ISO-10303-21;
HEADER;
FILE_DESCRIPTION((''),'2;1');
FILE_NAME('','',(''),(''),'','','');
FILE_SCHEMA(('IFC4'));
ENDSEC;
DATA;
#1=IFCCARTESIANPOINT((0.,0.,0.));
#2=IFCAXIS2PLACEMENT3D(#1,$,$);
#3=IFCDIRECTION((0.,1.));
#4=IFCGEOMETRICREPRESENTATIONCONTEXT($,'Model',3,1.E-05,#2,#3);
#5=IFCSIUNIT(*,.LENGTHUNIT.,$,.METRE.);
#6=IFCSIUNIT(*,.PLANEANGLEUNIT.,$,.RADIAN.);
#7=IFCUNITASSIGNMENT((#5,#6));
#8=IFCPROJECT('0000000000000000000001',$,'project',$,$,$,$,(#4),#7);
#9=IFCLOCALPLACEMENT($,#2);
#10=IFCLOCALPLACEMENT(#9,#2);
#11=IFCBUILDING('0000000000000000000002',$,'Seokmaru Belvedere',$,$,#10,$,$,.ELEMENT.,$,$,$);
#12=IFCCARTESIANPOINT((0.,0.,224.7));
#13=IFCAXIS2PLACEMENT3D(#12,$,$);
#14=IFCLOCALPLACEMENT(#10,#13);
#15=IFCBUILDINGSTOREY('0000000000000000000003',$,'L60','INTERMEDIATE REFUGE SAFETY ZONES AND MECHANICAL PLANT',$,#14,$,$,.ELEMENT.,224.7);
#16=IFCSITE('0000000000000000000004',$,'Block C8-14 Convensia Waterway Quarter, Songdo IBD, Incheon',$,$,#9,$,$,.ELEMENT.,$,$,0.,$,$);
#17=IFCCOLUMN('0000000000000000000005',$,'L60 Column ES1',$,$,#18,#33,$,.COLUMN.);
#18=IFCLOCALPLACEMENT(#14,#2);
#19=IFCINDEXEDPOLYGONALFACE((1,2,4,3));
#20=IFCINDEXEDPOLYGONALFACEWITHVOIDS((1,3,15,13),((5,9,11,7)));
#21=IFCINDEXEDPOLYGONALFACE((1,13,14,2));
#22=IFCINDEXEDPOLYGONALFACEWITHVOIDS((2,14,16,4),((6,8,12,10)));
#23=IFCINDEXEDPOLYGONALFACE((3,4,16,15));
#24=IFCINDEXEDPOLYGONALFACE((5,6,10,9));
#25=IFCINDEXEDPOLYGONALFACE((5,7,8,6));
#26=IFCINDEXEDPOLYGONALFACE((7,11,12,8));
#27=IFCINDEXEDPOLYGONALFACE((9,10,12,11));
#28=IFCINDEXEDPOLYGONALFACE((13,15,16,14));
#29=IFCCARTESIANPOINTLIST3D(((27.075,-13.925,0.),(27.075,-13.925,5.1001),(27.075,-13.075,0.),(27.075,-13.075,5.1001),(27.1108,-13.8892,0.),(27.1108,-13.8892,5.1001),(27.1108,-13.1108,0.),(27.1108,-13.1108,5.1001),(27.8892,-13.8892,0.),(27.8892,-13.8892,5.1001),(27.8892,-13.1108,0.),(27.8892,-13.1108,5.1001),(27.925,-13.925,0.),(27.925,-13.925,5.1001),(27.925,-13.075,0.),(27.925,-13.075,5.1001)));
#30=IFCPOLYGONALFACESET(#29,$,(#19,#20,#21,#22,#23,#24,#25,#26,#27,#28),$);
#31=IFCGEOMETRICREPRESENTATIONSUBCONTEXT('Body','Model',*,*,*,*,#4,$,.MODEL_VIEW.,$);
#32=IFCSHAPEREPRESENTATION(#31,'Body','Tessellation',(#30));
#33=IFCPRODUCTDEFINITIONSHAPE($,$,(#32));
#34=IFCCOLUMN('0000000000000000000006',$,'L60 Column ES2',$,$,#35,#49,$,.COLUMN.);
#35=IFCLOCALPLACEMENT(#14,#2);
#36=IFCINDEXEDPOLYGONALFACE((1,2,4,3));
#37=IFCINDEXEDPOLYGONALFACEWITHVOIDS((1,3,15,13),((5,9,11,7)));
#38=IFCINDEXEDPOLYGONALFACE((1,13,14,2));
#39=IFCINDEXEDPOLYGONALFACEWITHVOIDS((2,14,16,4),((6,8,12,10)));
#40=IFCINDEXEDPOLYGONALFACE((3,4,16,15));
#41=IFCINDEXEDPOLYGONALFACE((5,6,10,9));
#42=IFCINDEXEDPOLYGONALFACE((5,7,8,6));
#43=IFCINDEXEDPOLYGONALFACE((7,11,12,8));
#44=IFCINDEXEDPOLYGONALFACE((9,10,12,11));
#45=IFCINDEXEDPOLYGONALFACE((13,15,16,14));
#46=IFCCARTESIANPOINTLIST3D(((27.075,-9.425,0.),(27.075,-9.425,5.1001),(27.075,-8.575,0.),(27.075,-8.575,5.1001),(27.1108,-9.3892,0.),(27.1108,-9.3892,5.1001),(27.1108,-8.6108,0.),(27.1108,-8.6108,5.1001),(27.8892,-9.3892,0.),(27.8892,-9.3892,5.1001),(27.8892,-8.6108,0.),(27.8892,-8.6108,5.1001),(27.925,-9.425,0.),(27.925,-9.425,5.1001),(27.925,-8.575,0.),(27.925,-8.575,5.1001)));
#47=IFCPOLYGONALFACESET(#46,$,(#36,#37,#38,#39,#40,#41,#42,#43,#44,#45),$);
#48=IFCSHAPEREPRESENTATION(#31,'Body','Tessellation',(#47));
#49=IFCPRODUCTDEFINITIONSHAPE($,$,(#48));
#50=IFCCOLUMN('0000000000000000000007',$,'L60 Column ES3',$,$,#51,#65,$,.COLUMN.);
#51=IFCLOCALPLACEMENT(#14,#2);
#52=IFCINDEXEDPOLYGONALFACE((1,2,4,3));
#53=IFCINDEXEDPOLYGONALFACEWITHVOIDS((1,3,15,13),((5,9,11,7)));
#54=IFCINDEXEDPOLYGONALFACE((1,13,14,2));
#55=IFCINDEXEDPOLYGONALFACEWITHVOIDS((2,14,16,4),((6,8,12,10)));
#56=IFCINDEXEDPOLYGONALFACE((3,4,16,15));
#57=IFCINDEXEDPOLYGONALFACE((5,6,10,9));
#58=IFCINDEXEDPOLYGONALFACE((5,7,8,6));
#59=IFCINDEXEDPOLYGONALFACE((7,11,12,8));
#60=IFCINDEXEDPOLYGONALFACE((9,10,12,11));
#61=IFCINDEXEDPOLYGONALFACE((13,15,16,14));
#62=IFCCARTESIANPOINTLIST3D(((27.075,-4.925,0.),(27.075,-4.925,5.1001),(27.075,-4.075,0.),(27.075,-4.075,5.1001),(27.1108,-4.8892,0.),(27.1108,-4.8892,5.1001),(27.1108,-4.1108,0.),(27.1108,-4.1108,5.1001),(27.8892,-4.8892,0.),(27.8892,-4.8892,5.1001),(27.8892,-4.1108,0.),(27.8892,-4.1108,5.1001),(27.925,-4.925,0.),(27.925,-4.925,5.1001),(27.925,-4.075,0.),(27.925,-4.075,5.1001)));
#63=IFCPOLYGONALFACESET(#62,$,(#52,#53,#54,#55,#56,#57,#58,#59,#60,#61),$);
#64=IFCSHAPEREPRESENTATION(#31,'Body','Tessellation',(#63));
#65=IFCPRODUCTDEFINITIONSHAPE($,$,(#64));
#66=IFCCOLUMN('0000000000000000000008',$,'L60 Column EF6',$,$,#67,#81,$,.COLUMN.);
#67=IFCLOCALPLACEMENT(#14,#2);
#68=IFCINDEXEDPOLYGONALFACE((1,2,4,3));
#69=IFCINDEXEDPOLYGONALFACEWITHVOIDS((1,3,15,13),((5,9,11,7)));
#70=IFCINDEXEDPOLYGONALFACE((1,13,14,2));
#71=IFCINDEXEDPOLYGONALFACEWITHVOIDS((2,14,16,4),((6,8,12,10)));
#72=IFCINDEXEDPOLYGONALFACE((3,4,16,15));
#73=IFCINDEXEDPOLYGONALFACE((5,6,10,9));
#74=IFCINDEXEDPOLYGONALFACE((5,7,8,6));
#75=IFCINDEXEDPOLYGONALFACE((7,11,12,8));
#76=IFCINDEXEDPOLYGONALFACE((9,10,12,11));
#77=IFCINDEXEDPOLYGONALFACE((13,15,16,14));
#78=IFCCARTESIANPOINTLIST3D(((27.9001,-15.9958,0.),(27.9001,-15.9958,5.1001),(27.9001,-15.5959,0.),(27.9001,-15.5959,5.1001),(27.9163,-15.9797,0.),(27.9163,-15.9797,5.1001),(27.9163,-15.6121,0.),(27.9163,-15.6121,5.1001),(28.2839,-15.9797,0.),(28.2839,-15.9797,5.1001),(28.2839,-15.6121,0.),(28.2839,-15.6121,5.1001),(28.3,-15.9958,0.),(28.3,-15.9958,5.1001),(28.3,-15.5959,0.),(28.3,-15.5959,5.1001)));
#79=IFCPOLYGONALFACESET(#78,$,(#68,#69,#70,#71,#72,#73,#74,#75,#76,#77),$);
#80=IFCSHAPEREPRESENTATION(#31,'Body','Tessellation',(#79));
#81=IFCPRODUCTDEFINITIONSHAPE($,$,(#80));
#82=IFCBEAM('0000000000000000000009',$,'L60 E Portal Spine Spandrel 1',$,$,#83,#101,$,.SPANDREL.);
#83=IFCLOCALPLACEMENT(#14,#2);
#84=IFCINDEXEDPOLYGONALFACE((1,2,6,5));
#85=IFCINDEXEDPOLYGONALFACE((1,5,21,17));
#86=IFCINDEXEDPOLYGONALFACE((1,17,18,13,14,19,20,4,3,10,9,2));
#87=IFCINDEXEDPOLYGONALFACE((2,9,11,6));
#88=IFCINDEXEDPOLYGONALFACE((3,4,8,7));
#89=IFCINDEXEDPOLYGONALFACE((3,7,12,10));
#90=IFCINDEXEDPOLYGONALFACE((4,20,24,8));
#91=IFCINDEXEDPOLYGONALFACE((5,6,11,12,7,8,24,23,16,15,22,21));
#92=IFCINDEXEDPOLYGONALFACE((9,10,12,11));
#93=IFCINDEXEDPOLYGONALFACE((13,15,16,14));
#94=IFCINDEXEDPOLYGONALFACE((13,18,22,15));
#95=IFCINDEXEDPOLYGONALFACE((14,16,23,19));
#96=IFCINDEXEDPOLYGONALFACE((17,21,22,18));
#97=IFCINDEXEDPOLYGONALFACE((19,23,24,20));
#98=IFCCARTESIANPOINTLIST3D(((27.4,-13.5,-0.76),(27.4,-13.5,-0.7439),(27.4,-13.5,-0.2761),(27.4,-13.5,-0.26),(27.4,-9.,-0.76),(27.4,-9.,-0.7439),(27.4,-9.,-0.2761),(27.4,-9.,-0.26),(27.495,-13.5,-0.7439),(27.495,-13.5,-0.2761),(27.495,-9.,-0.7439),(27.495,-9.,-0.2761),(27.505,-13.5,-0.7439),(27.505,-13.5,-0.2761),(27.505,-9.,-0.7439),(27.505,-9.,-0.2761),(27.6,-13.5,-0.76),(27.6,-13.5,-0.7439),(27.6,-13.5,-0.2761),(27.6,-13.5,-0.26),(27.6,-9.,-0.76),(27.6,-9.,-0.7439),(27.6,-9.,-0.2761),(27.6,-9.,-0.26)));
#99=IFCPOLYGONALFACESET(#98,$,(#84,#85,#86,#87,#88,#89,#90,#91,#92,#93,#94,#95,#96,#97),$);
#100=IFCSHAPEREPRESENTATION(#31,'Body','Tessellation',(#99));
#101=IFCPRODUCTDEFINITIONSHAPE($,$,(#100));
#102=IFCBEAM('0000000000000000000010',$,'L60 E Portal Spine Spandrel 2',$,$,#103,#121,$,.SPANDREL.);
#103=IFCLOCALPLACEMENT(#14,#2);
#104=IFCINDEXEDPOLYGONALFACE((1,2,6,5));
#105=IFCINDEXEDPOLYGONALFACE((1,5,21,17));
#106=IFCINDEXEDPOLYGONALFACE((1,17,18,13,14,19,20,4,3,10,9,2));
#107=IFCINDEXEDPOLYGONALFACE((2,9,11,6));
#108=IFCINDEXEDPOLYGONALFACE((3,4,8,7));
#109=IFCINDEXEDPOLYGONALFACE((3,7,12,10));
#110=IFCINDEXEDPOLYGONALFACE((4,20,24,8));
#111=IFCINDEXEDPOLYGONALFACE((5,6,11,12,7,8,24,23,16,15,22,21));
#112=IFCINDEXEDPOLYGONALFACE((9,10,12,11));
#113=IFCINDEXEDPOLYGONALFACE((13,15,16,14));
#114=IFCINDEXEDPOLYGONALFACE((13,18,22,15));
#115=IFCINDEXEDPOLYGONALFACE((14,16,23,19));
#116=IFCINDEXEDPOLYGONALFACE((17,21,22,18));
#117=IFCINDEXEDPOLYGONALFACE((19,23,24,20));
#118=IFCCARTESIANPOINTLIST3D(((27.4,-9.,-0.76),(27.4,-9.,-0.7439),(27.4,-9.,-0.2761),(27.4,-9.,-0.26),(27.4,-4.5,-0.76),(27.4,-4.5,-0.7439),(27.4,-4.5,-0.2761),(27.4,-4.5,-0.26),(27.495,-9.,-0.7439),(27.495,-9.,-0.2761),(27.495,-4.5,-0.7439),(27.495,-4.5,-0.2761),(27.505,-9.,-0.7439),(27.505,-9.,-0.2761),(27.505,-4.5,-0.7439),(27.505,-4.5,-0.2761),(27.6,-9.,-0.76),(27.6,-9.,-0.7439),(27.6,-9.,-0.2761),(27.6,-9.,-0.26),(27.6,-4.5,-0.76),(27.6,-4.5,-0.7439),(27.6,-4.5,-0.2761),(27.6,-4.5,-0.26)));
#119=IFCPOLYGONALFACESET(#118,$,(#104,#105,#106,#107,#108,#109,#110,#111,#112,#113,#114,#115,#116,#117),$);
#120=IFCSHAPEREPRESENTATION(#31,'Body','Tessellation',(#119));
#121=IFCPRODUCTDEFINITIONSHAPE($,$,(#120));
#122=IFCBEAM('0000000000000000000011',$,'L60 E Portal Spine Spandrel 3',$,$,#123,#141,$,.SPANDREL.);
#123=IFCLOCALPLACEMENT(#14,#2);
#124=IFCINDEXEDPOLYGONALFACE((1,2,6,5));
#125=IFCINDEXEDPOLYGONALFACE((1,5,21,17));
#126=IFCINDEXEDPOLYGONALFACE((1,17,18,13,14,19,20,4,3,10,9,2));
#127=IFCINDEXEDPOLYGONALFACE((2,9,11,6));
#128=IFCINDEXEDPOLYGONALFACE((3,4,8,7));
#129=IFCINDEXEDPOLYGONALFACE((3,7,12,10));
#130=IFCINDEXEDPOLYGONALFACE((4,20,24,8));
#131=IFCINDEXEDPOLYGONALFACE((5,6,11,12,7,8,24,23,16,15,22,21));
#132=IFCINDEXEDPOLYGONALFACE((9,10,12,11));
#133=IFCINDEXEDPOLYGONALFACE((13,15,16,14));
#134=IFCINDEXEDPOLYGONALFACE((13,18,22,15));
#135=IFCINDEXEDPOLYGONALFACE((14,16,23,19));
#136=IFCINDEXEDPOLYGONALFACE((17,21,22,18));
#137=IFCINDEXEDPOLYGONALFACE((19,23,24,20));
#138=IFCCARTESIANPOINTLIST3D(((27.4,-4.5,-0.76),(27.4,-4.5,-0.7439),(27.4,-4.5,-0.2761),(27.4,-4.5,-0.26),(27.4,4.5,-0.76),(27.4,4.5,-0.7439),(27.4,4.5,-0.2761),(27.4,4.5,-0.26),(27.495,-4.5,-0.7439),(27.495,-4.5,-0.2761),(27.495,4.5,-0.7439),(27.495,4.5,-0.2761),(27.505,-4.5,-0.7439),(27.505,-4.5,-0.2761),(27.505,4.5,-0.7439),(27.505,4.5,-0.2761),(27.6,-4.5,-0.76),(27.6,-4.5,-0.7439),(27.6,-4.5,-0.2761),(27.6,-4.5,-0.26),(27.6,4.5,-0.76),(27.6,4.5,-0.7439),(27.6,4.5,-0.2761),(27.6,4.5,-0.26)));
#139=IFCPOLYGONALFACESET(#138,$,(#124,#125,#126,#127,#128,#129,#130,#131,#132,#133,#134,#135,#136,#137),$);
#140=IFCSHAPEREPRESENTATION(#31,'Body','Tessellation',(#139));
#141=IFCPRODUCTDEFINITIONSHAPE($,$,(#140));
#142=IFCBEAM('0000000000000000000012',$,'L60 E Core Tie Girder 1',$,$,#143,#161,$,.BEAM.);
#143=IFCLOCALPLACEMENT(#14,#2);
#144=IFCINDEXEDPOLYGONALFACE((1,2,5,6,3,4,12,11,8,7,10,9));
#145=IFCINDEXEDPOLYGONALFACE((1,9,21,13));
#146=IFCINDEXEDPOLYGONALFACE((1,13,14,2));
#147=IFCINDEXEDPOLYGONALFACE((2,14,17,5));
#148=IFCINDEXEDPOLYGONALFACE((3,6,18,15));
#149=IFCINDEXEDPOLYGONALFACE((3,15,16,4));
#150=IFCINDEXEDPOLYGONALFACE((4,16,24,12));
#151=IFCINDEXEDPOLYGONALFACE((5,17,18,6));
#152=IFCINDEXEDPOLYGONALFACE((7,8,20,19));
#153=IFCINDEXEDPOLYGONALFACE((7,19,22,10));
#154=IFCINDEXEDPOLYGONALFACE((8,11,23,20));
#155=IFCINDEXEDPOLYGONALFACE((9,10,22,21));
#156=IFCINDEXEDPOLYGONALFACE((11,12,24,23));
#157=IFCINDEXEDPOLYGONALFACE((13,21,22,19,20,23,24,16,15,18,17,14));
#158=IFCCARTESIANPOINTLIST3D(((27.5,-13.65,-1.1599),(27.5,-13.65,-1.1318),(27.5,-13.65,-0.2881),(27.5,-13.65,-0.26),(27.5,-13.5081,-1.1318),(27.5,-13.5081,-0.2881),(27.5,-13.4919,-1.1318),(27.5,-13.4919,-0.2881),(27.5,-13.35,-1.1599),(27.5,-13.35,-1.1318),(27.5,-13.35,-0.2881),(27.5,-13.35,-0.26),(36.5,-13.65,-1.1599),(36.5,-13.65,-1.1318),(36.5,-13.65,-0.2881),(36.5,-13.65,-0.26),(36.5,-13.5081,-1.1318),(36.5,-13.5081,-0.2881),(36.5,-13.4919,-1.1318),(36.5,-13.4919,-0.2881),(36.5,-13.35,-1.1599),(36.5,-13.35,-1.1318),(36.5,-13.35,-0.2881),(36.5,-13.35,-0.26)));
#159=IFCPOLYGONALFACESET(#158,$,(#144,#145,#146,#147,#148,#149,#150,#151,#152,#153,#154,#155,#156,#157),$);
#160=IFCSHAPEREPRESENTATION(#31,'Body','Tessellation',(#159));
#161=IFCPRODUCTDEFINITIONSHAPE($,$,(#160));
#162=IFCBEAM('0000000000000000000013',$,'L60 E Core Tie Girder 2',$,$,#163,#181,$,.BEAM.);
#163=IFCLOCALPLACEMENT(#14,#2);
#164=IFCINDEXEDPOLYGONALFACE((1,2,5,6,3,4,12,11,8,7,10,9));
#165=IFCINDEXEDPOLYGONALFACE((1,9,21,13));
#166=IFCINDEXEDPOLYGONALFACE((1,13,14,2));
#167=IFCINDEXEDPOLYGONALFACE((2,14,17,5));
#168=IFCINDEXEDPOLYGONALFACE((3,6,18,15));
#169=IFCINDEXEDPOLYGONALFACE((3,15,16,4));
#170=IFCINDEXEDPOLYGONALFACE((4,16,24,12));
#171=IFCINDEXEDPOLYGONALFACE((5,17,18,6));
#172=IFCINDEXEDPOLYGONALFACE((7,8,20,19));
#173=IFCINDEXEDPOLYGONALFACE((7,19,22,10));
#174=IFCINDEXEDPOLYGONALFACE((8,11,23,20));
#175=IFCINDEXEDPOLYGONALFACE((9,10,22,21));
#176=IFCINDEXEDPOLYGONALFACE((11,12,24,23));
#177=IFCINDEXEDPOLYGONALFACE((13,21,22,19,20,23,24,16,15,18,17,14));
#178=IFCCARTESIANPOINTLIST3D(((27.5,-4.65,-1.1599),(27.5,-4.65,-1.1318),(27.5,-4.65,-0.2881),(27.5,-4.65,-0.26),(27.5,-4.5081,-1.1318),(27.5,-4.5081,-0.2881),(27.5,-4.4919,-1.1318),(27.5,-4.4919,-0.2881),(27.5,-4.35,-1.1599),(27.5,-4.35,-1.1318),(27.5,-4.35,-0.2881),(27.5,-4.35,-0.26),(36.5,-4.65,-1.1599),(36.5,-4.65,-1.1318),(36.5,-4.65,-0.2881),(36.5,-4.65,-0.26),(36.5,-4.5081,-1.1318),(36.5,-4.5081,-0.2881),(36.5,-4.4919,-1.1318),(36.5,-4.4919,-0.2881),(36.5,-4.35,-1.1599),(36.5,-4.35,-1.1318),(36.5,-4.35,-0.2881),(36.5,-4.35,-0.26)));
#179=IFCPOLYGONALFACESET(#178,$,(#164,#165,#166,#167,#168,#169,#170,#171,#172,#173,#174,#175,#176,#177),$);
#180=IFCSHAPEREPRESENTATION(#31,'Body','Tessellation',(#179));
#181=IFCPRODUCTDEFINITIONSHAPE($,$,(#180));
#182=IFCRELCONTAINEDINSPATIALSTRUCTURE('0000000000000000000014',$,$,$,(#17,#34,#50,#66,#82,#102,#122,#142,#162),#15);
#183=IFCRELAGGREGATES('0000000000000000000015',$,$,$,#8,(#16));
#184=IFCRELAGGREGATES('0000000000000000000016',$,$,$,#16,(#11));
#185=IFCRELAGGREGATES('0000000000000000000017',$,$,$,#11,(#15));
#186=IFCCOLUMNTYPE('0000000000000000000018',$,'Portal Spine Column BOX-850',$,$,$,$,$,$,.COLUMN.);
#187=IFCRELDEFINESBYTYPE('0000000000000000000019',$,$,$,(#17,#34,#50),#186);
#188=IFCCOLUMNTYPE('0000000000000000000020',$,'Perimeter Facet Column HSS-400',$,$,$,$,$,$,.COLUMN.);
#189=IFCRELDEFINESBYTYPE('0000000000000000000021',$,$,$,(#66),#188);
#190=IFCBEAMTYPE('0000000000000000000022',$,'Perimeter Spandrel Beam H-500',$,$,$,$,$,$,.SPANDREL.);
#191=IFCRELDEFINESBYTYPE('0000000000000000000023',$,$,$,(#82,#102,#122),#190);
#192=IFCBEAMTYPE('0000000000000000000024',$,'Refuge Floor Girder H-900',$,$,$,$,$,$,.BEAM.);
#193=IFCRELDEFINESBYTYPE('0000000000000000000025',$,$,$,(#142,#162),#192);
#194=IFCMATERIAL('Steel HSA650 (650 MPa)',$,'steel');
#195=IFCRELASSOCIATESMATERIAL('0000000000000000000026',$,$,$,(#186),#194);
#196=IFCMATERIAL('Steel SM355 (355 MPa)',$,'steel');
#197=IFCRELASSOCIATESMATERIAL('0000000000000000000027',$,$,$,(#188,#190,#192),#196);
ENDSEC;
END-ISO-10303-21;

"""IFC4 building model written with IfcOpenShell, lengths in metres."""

from ifc_helpers import new_model, si_unit, direction, frame, origin, origin_2d, place, context, subcontext, project, spatial, hollow_rectangle, i_section, extrude, source, transform, mapped, material, material_profile, profile_set, type_object, type_shapes, element, save


model = new_model("IFC4")

# Units and contexts
model_context = context("Model", 3, precision=1e-05, world=origin(), true_north=direction((0.0, 1.0)))
body_context = subcontext(model_context, "Body", "Model", "MODEL_VIEW")
ifc_project = project(units=[si_unit("LENGTHUNIT", "METRE"), si_unit("PLANEANGLEUNIT", "RADIAN")], contexts=[model_context])

# Site, building, storey
site_placement = place(None, origin())
site = spatial("IfcSite", under=ifc_project, at=site_placement, Name="Block C8-14 Convensia Waterway Quarter, Songdo IBD, Incheon", CompositionType="ELEMENT", RefElevation=0.0)
building_placement = place(site_placement, origin())
building = spatial("IfcBuilding", under=site, at=building_placement, Name="Seokmaru Belvedere", CompositionType="ELEMENT")
storey_placement = place(building_placement, frame((0.0, 0.0, 224.7)))
storey = spatial("IfcBuildingStorey", under=building, at=storey_placement, Name="L60", Description="INTERMEDIATE REFUGE SAFETY ZONES AND MECHANICAL PLANT", CompositionType="ELEMENT", Elevation=224.7)

# Columns
ifc_material_1 = material(Name="Steel HSA650 (650 MPa)", Category="steel")
ifc_material_profile_1 = material_profile(ifc_material_1, hollow_rectangle(XDim=0.8501, YDim=0.8501, WallThickness=0.0359, at=origin_2d()), Name="BOX-850x850x36")
ifc_profile_set_1 = profile_set([ifc_material_profile_1], Name="Steel HSA650 (650 MPa)")
column_type_1 = type_object("IfcColumnType", Name="Portal Spine Column BOX-850", PredefinedType="COLUMN", material=ifc_profile_set_1)
shared_shape_1 = source(origin(), body_context, "Body", "SweptSolid", [
    extrude(hollow_rectangle(XDim=0.8501, YDim=0.8501, WallThickness=0.0359, at=origin_2d()), origin(), (0.0, 0.0, 1.0), 5.1001),
])
type_shapes(column_type_1, [shared_shape_1])
for number, where, z_axis, x_axis, name in (
    (1, (27.5, -13.5, 0.0), (0.0, 0.0, 1.0), (1.0, 0.0, 0.0), "L60 Column ES1"),
    (2, (27.5, -9.0, 0.0), (0.0, 0.0, 1.0), (1.0, 0.0, 0.0), "L60 Column ES2"),
    (3, (27.5, -4.5, 0.0), (0.0, 0.0, 1.0), (1.0, 0.0, 0.0), "L60 Column ES3"),
):
    element("IfcColumn", number, at=place(storey_placement, frame(where, z_axis=z_axis, x_axis=x_axis)), inside=storey, type_object=column_type_1, Name=name, PredefinedType="COLUMN", context=body_context, shape_type="MappedRepresentation", body=[
        mapped(shared_shape_1, transform((0.0, 0.0, 0.0), scale=1.0)),
    ])
ifc_material_2 = material(Name="Steel SM355 (355 MPa)", Category="steel")
ifc_material_profile_2 = material_profile(ifc_material_2, hollow_rectangle(XDim=0.3999, YDim=0.3999, WallThickness=0.0161, at=origin_2d()), Name="HSS-400x400x16")
ifc_profile_set_2 = profile_set([ifc_material_profile_2], Name="Steel SM355 (355 MPa)")
column_type_2 = type_object("IfcColumnType", Name="Perimeter Facet Column HSS-400", PredefinedType="COLUMN", material=ifc_profile_set_2)
shared_shape_2 = source(origin(), body_context, "Body", "SweptSolid", [
    extrude(hollow_rectangle(XDim=0.3999, YDim=0.3999, WallThickness=0.0161, at=origin_2d()), origin(), (0.0, 0.0, 1.0), 5.1001),
])
type_shapes(column_type_2, [shared_shape_2])
column_placement = place(storey_placement, frame((28.1001, -15.7959, 0.0), z_axis=(0.0, 0.0, 1.0), x_axis=(1.0, 0.0, 0.0)))
element("IfcColumn", 4, at=column_placement, inside=storey, type_object=column_type_2, Name="L60 Column EF6", PredefinedType="COLUMN", context=body_context, shape_type="MappedRepresentation", body=[
    mapped(shared_shape_2, transform((0.0, 0.0, 0.0), scale=1.0)),
])

# Beams
ifc_material_profile_3 = material_profile(ifc_material_2, i_section(OverallWidth=0.2, OverallDepth=0.5, WebThickness=0.01, FlangeThickness=0.0161, at=origin_2d()), Name="H-500x200x10x16")
ifc_profile_set_3 = profile_set([ifc_material_profile_3], Name="Steel SM355 (355 MPa)")
beam_type_1 = type_object("IfcBeamType", Name="Perimeter Spandrel Beam H-500", PredefinedType="SPANDREL", material=ifc_profile_set_3)
shared_shape_3 = source(origin(), body_context, "Body", "SweptSolid", [
    extrude(i_section(OverallWidth=0.2, OverallDepth=0.5, WebThickness=0.01, FlangeThickness=0.0161, at=origin_2d()), origin(), (0.0, 0.0, 1.0), 4.5),
])
for number, where, z_axis, x_axis, name in (
    (5, (27.5, -13.5, -0.51), (0.0, 1.0, 0.0), (-1.0, 0.0, 0.0), "L60 E Portal Spine Spandrel 1"),
    (6, (27.5, -9.0, -0.51), (0.0, 1.0, 0.0), (-1.0, 0.0, 0.0), "L60 E Portal Spine Spandrel 2"),
):
    element("IfcBeam", number, at=place(storey_placement, frame(where, z_axis=z_axis, x_axis=x_axis)), inside=storey, type_object=beam_type_1, Name=name, PredefinedType="SPANDREL", context=body_context, shape_type="MappedRepresentation", body=[
        mapped(shared_shape_3, transform((0.0, 0.0, 0.0), scale=1.0)),
    ])
shared_shape_4 = source(origin(), body_context, "Body", "SweptSolid", [
    extrude(i_section(OverallWidth=0.2, OverallDepth=0.5, WebThickness=0.01, FlangeThickness=0.0161, at=origin_2d()), origin(), (0.0, 0.0, 1.0), 9.0),
])
type_shapes(beam_type_1, [shared_shape_3, shared_shape_4])
beam_placement = place(storey_placement, frame((27.5, -4.5, -0.51), z_axis=(0.0, 1.0, 0.0), x_axis=(-1.0, 0.0, 0.0)))
element("IfcBeam", 7, at=beam_placement, inside=storey, type_object=beam_type_1, Name="L60 E Portal Spine Spandrel 3", PredefinedType="SPANDREL", context=body_context, shape_type="MappedRepresentation", body=[
    mapped(shared_shape_4, transform((0.0, 0.0, 0.0), scale=1.0)),
])
ifc_material_profile_4 = material_profile(ifc_material_2, i_section(OverallWidth=0.3, OverallDepth=0.8999, WebThickness=0.0161, FlangeThickness=0.0281, at=origin_2d()), Name="H-900x300x16x28")
ifc_profile_set_4 = profile_set([ifc_material_profile_4], Name="Steel SM355 (355 MPa)")
beam_type_2 = type_object("IfcBeamType", Name="Refuge Floor Girder H-900", PredefinedType="BEAM", material=ifc_profile_set_4)
shared_shape_5 = source(origin(), body_context, "Body", "SweptSolid", [
    extrude(i_section(OverallWidth=0.3, OverallDepth=0.8999, WebThickness=0.0161, FlangeThickness=0.0281, at=origin_2d()), origin(), (0.0, 0.0, 1.0), 9.0),
])
type_shapes(beam_type_2, [shared_shape_5])
for number, where, z_axis, x_axis, name in (
    (8, (27.5, -13.5, -0.71), (1.0, 0.0, 0.0), (0.0, 1.0, 0.0), "L60 E Core Tie Girder 1"),
    (9, (27.5, -4.5, -0.71), (1.0, 0.0, 0.0), (0.0, 1.0, 0.0), "L60 E Core Tie Girder 2"),
):
    element("IfcBeam", number, at=place(storey_placement, frame(where, z_axis=z_axis, x_axis=x_axis)), inside=storey, type_object=beam_type_2, Name=name, PredefinedType="BEAM", context=body_context, shape_type="MappedRepresentation", body=[
        mapped(shared_shape_5, transform((0.0, 0.0, 0.0), scale=1.0)),
    ])

save(model, "model.ifc")
